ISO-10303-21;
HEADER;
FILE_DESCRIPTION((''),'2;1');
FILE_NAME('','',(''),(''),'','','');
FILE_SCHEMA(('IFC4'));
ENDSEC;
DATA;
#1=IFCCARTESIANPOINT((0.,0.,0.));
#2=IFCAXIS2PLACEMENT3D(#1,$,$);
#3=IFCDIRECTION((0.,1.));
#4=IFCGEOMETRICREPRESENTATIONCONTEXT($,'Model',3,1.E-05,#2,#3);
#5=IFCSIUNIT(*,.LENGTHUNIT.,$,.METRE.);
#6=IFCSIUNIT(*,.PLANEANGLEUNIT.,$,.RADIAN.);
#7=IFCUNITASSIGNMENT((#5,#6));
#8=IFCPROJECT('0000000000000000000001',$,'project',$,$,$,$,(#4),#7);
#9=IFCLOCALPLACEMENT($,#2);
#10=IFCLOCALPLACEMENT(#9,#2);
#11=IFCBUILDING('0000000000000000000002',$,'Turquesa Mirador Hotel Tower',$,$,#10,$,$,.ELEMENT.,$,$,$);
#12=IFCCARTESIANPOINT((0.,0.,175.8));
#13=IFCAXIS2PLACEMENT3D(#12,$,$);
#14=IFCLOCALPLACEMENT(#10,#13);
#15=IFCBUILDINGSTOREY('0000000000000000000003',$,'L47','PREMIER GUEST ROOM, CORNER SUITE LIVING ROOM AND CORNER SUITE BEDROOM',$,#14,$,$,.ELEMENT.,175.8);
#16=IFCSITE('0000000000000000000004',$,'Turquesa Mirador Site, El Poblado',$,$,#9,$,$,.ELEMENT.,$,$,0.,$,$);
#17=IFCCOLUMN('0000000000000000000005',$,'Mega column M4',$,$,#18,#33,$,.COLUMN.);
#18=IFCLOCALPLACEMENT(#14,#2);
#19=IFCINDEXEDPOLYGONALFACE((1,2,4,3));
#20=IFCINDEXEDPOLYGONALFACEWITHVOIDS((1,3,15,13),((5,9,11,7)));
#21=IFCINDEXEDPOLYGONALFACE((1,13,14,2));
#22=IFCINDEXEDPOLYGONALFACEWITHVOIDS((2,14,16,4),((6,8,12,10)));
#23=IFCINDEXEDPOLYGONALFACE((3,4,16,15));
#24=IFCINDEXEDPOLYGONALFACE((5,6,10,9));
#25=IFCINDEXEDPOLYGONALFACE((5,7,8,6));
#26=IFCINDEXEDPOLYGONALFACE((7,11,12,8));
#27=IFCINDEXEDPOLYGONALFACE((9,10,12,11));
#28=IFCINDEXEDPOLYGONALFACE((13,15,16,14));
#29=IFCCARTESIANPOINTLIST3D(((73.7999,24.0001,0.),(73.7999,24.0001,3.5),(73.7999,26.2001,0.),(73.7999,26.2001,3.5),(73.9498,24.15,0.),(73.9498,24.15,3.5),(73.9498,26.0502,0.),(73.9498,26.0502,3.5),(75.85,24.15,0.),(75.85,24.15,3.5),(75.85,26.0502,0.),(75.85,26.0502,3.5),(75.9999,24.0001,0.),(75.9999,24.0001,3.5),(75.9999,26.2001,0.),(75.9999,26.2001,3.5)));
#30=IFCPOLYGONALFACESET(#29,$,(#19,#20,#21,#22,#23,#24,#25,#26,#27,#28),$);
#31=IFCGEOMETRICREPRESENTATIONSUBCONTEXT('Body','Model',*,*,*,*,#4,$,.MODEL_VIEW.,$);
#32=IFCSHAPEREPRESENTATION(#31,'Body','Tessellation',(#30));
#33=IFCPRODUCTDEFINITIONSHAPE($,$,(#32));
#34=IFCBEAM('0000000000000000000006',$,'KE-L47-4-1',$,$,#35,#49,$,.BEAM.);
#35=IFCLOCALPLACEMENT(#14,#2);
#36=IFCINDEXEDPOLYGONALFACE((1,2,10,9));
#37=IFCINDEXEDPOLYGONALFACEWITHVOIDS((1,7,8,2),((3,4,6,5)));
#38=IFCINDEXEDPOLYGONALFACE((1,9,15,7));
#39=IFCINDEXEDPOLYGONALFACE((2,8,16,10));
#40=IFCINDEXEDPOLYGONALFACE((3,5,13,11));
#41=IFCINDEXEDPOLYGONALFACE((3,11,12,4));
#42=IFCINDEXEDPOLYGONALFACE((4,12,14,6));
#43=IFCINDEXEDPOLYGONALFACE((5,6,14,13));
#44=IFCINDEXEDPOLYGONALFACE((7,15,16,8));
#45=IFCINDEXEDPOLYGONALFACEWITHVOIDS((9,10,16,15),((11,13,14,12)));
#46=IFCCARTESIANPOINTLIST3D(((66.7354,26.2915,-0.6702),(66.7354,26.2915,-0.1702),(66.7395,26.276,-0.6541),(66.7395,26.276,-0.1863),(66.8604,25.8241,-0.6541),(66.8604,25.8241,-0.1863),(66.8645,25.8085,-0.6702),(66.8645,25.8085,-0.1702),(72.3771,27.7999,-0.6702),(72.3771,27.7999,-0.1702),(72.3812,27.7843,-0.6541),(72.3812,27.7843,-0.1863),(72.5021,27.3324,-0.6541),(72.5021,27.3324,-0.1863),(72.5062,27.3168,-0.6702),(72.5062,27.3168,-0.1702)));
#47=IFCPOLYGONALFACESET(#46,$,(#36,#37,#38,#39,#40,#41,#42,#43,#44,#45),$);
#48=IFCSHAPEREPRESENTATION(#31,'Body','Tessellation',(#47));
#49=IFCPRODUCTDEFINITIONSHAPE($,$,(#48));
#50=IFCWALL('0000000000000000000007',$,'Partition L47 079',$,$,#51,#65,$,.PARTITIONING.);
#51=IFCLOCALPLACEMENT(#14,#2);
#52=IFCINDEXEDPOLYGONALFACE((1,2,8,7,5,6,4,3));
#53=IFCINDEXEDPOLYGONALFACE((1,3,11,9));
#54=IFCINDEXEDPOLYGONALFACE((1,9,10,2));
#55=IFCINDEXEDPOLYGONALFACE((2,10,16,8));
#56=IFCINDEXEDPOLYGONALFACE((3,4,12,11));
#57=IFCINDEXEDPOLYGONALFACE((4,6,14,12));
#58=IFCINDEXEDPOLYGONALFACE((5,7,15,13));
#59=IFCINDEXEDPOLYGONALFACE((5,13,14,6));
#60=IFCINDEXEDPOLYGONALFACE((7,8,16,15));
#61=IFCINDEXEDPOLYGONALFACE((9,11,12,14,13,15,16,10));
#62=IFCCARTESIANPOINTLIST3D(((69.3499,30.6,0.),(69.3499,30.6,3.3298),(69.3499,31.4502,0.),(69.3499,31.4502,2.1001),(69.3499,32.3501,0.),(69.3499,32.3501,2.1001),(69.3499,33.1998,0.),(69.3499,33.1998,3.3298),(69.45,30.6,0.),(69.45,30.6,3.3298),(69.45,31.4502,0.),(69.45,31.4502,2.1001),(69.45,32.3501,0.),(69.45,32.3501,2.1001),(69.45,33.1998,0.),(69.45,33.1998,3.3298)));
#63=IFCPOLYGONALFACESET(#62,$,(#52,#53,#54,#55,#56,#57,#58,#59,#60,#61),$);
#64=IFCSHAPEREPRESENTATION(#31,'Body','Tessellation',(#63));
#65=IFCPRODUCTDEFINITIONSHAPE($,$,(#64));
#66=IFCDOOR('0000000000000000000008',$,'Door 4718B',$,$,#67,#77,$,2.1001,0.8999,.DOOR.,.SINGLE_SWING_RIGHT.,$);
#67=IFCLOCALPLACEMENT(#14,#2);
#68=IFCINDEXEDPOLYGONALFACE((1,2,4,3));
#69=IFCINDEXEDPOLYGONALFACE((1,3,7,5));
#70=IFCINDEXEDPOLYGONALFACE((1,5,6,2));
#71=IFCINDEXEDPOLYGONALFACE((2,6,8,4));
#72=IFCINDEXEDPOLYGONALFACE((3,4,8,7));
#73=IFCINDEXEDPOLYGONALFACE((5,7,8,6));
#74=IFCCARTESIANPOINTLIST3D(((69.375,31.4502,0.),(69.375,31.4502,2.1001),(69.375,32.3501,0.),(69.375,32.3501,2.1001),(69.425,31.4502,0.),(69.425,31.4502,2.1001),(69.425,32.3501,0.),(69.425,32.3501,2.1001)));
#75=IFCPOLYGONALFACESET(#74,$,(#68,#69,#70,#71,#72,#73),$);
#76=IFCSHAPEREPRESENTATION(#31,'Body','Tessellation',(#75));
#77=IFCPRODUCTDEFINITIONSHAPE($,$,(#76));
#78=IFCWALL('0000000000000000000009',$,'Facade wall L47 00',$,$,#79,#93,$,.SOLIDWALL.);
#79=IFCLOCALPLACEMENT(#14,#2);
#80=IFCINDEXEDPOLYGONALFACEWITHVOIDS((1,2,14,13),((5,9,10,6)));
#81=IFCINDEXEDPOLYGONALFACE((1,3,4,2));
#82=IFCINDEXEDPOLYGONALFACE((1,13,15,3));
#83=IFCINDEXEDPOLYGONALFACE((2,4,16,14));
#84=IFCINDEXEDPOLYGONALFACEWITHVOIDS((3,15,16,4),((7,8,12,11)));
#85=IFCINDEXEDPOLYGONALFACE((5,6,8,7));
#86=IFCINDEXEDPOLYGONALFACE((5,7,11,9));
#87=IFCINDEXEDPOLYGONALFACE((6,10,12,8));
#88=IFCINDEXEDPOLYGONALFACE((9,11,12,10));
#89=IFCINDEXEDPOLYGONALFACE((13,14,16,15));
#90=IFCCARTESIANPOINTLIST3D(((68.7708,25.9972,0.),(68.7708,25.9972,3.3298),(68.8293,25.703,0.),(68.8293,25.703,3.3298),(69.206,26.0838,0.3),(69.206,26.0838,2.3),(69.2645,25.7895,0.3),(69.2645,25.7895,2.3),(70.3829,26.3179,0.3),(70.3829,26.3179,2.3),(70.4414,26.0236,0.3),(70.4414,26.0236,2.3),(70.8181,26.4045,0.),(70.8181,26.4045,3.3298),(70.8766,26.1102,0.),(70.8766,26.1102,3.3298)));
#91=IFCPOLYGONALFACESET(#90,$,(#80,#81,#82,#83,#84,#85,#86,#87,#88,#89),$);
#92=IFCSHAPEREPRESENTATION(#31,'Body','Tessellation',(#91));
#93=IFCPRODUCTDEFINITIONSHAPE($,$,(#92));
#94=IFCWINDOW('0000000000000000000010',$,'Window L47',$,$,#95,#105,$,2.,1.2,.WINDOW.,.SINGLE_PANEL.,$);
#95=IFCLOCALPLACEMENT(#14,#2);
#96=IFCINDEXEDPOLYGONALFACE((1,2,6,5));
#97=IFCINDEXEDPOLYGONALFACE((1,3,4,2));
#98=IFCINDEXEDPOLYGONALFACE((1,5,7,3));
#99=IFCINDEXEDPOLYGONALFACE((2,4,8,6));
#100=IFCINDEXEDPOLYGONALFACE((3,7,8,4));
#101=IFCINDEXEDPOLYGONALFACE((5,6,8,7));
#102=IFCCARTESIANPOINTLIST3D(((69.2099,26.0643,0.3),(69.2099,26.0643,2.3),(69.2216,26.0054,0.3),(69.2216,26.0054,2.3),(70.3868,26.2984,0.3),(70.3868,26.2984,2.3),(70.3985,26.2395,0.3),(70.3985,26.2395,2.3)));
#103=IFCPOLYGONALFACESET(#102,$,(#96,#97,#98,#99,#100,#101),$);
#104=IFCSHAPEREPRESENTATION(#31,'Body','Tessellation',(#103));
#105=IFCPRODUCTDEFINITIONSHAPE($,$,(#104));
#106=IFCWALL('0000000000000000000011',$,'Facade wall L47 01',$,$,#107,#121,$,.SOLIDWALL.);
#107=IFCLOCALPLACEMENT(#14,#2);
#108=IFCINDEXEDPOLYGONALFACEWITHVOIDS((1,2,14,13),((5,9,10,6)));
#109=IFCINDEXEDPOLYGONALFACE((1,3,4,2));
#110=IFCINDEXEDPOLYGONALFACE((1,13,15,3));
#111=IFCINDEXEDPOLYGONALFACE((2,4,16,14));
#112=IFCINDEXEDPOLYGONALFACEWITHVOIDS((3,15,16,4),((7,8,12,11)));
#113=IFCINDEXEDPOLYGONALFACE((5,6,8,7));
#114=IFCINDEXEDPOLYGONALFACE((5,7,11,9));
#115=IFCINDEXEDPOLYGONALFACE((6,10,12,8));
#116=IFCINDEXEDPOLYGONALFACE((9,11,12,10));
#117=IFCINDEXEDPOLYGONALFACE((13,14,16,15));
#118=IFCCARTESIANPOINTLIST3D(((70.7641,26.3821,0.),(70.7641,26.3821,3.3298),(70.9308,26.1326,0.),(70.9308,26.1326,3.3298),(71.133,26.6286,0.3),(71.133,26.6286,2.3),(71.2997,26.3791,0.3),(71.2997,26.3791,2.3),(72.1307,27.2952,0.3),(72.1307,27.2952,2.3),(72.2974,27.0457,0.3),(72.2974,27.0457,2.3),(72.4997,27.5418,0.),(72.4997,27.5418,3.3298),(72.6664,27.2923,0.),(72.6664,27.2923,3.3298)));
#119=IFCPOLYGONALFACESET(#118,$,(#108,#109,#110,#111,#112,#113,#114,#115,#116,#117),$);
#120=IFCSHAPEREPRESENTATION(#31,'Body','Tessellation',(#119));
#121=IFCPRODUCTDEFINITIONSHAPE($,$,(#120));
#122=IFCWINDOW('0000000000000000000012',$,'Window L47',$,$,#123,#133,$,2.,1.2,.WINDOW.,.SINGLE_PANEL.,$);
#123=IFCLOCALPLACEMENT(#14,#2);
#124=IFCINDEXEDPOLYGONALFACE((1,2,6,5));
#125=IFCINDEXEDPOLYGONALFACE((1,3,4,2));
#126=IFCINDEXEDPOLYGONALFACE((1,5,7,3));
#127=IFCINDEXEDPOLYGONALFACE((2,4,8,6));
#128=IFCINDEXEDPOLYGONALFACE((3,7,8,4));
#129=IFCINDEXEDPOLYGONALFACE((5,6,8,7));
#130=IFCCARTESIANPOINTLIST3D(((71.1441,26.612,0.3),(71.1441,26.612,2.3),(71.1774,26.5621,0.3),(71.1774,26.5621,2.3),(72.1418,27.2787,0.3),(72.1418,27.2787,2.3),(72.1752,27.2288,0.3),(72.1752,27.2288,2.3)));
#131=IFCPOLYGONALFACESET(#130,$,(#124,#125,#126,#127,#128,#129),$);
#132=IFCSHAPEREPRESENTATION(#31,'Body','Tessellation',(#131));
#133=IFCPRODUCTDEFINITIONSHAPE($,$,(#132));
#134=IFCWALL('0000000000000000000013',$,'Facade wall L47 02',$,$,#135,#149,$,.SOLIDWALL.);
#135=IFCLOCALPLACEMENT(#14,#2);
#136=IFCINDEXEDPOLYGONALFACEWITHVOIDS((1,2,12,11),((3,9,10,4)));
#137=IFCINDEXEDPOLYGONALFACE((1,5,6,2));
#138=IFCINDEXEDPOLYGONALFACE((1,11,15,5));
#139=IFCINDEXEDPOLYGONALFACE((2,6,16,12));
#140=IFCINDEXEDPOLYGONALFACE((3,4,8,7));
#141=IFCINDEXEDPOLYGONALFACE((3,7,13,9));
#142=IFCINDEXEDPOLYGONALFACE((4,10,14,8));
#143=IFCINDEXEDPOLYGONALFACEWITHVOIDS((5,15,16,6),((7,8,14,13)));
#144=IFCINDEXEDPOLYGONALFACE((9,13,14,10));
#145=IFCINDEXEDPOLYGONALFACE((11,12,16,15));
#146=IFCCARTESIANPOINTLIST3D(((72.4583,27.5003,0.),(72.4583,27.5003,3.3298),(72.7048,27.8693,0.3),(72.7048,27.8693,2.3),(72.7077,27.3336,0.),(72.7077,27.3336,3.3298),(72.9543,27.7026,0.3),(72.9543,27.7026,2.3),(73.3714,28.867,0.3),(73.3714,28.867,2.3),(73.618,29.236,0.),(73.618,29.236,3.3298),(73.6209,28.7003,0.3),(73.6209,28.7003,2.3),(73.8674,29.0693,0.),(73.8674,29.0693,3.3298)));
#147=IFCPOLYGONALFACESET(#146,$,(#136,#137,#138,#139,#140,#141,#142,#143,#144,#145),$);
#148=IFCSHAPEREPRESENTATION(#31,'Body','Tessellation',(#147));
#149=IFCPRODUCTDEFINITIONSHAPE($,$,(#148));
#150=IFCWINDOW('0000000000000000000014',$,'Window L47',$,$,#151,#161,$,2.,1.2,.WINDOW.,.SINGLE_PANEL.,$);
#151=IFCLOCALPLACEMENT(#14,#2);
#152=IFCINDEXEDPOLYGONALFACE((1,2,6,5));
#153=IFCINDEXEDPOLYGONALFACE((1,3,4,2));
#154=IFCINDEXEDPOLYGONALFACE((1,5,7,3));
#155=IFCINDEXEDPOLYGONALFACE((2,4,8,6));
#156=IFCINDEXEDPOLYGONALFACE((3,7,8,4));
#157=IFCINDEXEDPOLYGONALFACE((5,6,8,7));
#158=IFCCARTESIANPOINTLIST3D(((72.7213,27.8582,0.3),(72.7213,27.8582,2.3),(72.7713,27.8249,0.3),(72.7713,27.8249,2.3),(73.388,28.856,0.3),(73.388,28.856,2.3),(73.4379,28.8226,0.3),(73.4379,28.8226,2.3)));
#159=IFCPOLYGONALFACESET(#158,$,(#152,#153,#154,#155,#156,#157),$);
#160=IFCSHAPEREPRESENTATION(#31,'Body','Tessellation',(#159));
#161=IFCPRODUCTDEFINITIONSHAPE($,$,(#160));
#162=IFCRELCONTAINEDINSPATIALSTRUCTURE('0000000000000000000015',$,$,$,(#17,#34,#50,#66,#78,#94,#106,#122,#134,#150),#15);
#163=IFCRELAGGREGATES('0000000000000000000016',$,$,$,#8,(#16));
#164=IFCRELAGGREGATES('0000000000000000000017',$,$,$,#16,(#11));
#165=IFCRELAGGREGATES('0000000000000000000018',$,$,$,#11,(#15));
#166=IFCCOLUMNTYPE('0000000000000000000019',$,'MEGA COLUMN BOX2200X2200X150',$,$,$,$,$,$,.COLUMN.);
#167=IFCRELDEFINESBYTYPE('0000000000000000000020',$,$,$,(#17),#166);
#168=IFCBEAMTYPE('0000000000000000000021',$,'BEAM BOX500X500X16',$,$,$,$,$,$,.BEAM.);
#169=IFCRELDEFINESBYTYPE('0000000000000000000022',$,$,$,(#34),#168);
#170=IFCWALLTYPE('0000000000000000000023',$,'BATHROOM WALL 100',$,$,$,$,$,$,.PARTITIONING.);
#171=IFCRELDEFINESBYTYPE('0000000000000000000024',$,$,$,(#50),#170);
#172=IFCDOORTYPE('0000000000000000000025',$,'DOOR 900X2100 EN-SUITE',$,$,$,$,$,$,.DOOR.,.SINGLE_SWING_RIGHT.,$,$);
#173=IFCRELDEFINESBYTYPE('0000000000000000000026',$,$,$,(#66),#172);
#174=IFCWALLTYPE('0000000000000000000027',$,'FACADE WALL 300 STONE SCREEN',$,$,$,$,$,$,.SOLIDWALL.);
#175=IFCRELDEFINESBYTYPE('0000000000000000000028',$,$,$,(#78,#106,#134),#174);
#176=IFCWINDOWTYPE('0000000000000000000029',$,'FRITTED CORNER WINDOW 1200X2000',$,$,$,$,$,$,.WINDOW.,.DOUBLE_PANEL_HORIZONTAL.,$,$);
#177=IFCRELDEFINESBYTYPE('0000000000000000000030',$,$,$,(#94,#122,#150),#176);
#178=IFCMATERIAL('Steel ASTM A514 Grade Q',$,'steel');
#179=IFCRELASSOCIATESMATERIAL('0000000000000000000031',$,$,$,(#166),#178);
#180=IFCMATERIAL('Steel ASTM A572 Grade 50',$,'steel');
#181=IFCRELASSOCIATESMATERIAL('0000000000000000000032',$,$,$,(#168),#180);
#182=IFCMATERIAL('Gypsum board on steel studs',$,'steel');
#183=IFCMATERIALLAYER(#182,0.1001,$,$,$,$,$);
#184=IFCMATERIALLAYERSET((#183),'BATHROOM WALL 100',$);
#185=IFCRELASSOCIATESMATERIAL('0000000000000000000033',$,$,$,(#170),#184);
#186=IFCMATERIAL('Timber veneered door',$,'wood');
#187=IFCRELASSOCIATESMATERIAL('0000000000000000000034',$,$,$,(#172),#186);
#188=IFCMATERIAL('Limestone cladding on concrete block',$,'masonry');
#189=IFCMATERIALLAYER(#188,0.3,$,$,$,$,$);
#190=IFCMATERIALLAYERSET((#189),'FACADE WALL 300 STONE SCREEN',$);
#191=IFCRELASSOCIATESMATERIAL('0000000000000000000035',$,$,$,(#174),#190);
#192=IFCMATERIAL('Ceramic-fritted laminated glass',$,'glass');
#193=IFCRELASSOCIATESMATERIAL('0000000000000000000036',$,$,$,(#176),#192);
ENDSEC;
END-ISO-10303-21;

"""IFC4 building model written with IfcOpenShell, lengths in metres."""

from ifc_helpers import new_model, si_unit, direction, frame, frame_2d, origin, origin_2d, place, context, subcontext, project, spatial, rectangle, hollow_rectangle, extrude, material, layer, layer_set, material_profile, profile_set, type_object, element, fill, save


model = new_model("IFC4")

# Units and contexts
model_context = context("Model", 3, precision=1e-05, world=origin(), true_north=direction((0.0, 1.0)))
body_context = subcontext(model_context, "Body", "Model", "MODEL_VIEW")
ifc_project = project(units=[si_unit("LENGTHUNIT", "METRE"), si_unit("PLANEANGLEUNIT", "RADIAN")], contexts=[model_context])

# Site, building, storey
site_placement = place(None, origin())
site = spatial("IfcSite", under=ifc_project, at=site_placement, Name="Turquesa Mirador Site, El Poblado", CompositionType="ELEMENT", RefElevation=0.0)
building_placement = place(site_placement, origin())
building = spatial("IfcBuilding", under=site, at=building_placement, Name="Turquesa Mirador Hotel Tower", CompositionType="ELEMENT")
storey_placement = place(building_placement, frame((0.0, 0.0, 175.8)))
storey = spatial("IfcBuildingStorey", under=building, at=storey_placement, Name="L47", Description="PREMIER GUEST ROOM, CORNER SUITE LIVING ROOM AND CORNER SUITE BEDROOM", CompositionType="ELEMENT", Elevation=175.8)

# Column
ifc_material_1 = material(Name="Steel ASTM A514 Grade Q", Category="steel")
ifc_material_profile_1 = material_profile(ifc_material_1, hollow_rectangle(XDim=2.2, YDim=2.2, WallThickness=0.1499, at=origin_2d()), Name="BOX2200X2200X150")
ifc_profile_set_1 = profile_set([ifc_material_profile_1], Name="Steel ASTM A514 Grade Q")
column_type = type_object("IfcColumnType", Name="MEGA COLUMN BOX2200X2200X150", PredefinedType="COLUMN", material=ifc_profile_set_1)
column_placement = place(storey_placement, frame((74.8999, 25.1001, 0.0), z_axis=(0.0, 0.0, 1.0), x_axis=(1.0, 0.0, 0.0)))
element("IfcColumn", 1, at=column_placement, inside=storey, type_object=column_type, Name="Mega column M4", PredefinedType="COLUMN", context=body_context, shape_type="SweptSolid", body=[
    extrude(hollow_rectangle(XDim=2.2, YDim=2.2, WallThickness=0.1499, at=origin_2d()), origin(), (0.0, 0.0, 1.0), 3.5),
])

# Beam
ifc_material_2 = material(Name="Steel ASTM A572 Grade 50", Category="steel")
ifc_material_profile_2 = material_profile(ifc_material_2, hollow_rectangle(XDim=0.5, YDim=0.5, WallThickness=0.0161, at=origin_2d()), Name="BOX500X500X16")
ifc_profile_set_2 = profile_set([ifc_material_profile_2], Name="Steel ASTM A572 Grade 50")
beam_type = type_object("IfcBeamType", Name="BEAM BOX500X500X16", PredefinedType="BEAM", material=ifc_profile_set_2)
beam_placement = place(storey_placement, frame((72.4417, 27.5583, -0.4202), z_axis=(-0.96607, -0.258282, 0.0), x_axis=(0.258282, -0.96607, 0.0)))
element("IfcBeam", 2, at=beam_placement, inside=storey, type_object=beam_type, Name="KE-L47-4-1", PredefinedType="BEAM", context=body_context, shape_type="SweptSolid", body=[
    extrude(hollow_rectangle(XDim=0.5, YDim=0.5, WallThickness=0.0161, at=origin_2d()), origin(), (0.0, 0.0, 1.0), 5.8398),
])

# Wall, opening, door
ifc_material_3 = material(Name="Gypsum board on steel studs", Category="steel")
ifc_layer_1 = layer(ifc_material_3, 0.1001)
ifc_layer_set_1 = layer_set([ifc_layer_1], Name="BATHROOM WALL 100")
wall_type_1 = type_object("IfcWallType", Name="BATHROOM WALL 100", PredefinedType="PARTITIONING", material=ifc_layer_set_1)
wall_1_placement = place(storey_placement, frame((69.3999, 30.6001, 0.0), z_axis=(0.0, 0.0, 1.0), x_axis=(0.0, 1.0, 0.0)))
wall_1 = element("IfcWall", 3, at=wall_1_placement, inside=storey, type_object=wall_type_1, Name="Partition L47 079", PredefinedType="PARTITIONING", context=body_context, shape_type="SweptSolid", body=[
    extrude(rectangle(XDim=2.5999, YDim=0.1001, at=frame_2d((1.2998, 0.0))), origin(), (0.0, 0.0, 1.0), 3.3298),
])
opening_1_placement = place(wall_1_placement, frame((0.8501, 0.0, 0.0)))
opening_1 = element("IfcOpeningElement", 4, at=opening_1_placement, cuts=wall_1, PredefinedType="OPENING", context=body_context, shape_type="SweptSolid", body=[
    extrude(rectangle(XDim=0.8999, YDim=2.1001, at=frame_2d((0.45, 1.05))), frame((0.0, 0.0601, 0.0), z_axis=(0.0, -1.0, 0.0), x_axis=(1.0, 0.0, 0.0)), (0.0, 0.0, 1.0), 0.1201),
])
ifc_material_4 = material(Name="Timber veneered door", Category="wood")
door_type = type_object("IfcDoorType", Name="DOOR 900X2100 EN-SUITE", OperationType="SINGLE_SWING_RIGHT", PredefinedType="DOOR", material=ifc_material_4)
door_placement = place(opening_1_placement, origin())
door = element("IfcDoor", 5, at=door_placement, inside=storey, type_object=door_type, Name="Door 4718B", OperationType="SINGLE_SWING_RIGHT", OverallHeight=2.1001, OverallWidth=0.8999, PredefinedType="DOOR", context=body_context, shape_type="SweptSolid", body=[
    extrude(rectangle(XDim=0.8999, YDim=2.1001, at=frame_2d((0.45, 1.05))), frame((0.0, 0.0249, 0.0), z_axis=(0.0, -1.0, 0.0), x_axis=(1.0, 0.0, 0.0)), (0.0, 0.0, 1.0), 0.05),
])
fill(opening_1, door)

# Walls, openings, windows
ifc_material_5 = material(Name="Limestone cladding on concrete block", Category="masonry")
ifc_layer_2 = layer(ifc_material_5, 0.3)
ifc_layer_set_2 = layer_set([ifc_layer_2], Name="FACADE WALL 300 STONE SCREEN")
wall_type_2 = type_object("IfcWallType", Name="FACADE WALL 300 STONE SCREEN", PredefinedType="SOLIDWALL", material=ifc_layer_set_2)
wall_2_placement = place(storey_placement, frame((68.8, 25.8501, 0.0), z_axis=(0.0, 0.0, 1.0), x_axis=(0.980787, 0.195081, 0.0)))
wall_2 = element("IfcWall", 6, at=wall_2_placement, inside=storey, type_object=wall_type_2, Name="Facade wall L47 00", PredefinedType="SOLIDWALL", context=body_context, shape_type="SweptSolid", body=[
    extrude(rectangle(XDim=2.0874, YDim=0.3, at=frame_2d((1.0437, 0.0))), origin(), (0.0, 0.0, 1.0), 3.3298),
])
opening_2_placement = place(wall_2_placement, frame((0.4436, 0.0, 0.3)))
opening_2 = element("IfcOpeningElement", 7, at=opening_2_placement, cuts=wall_2, PredefinedType="OPENING", context=body_context, shape_type="SweptSolid", body=[
    extrude(rectangle(XDim=1.2, YDim=2.0, at=frame_2d((0.6001, 1.0))), frame((0.0, 0.1599, 0.0), z_axis=(0.0, -1.0, 0.0), x_axis=(1.0, 0.0, 0.0)), (0.0, 0.0, 1.0), 0.3201),
])
ifc_material_6 = material(Name="Ceramic-fritted laminated glass", Category="glass")
window_type_1 = type_object("IfcWindowType", Name="FRITTED CORNER WINDOW 1200X2000", PartitioningType="DOUBLE_PANEL_HORIZONTAL", PredefinedType="WINDOW", material=ifc_material_6)
window_1_placement = place(opening_2_placement, origin())
window_1 = element("IfcWindow", 8, at=window_1_placement, inside=storey, type_object=window_type_1, Name="Window L47", OverallHeight=2.0, OverallWidth=1.2, PartitioningType="SINGLE_PANEL", PredefinedType="WINDOW", context=body_context, shape_type="SweptSolid", body=[
    extrude(rectangle(XDim=1.2, YDim=2.0, at=frame_2d((0.6001, 1.0))), frame((0.0, 0.1301, 0.0), z_axis=(0.0, -1.0, 0.0), x_axis=(1.0, 0.0, 0.0)), (0.0, 0.0, 1.0), 0.0601),
])
fill(opening_2, window_1)
wall_3_placement = place(storey_placement, frame((70.8474, 26.2573, 0.0), z_axis=(0.0, 0.0, 1.0), x_axis=(0.831474, 0.555564, 0.0)))
wall_3 = element("IfcWall", 9, at=wall_3_placement, inside=storey, type_object=wall_type_2, Name="Facade wall L47 01", PredefinedType="SOLIDWALL", context=body_context, shape_type="SweptSolid", body=[
    extrude(rectangle(XDim=2.0874, YDim=0.3, at=frame_2d((1.0437, 0.0))), origin(), (0.0, 0.0, 1.0), 3.3298),
])
opening_3_placement = place(wall_3_placement, frame((0.4436, 0.0, 0.3)))
opening_3 = element("IfcOpeningElement", 10, at=opening_3_placement, cuts=wall_3, PredefinedType="OPENING", context=body_context, shape_type="SweptSolid", body=[
    extrude(rectangle(XDim=1.2, YDim=2.0, at=frame_2d((0.6001, 1.0))), frame((0.0, 0.1599, 0.0), z_axis=(0.0, -1.0, 0.0), x_axis=(1.0, 0.0, 0.0)), (0.0, 0.0, 1.0), 0.3201),
])
window_2_placement = place(opening_3_placement, origin())
window_2 = element("IfcWindow", 11, at=window_2_placement, inside=storey, type_object=window_type_1, Name="Window L47", OverallHeight=2.0, OverallWidth=1.2, PartitioningType="SINGLE_PANEL", PredefinedType="WINDOW", context=body_context, shape_type="SweptSolid", body=[
    extrude(rectangle(XDim=1.2, YDim=2.0, at=frame_2d((0.6001, 1.0))), frame((0.0, 0.1301, 0.0), z_axis=(0.0, -1.0, 0.0), x_axis=(1.0, 0.0, 0.0)), (0.0, 0.0, 1.0), 0.0601),
])
fill(opening_3, window_2)
wall_4_placement = place(storey_placement, frame((72.583, 27.417, 0.0), z_axis=(0.0, 0.0, 1.0), x_axis=(0.555564, 0.831474, 0.0)))
wall_4 = element("IfcWall", 12, at=wall_4_placement, inside=storey, type_object=wall_type_2, Name="Facade wall L47 02", PredefinedType="SOLIDWALL", context=body_context, shape_type="SweptSolid", body=[
    extrude(rectangle(XDim=2.0874, YDim=0.3, at=frame_2d((1.0437, 0.0))), origin(), (0.0, 0.0, 1.0), 3.3298),
])
opening_4_placement = place(wall_4_placement, frame((0.4436, 0.0, 0.3)))
opening_4 = element("IfcOpeningElement", 13, at=opening_4_placement, cuts=wall_4, PredefinedType="OPENING", context=body_context, shape_type="SweptSolid", body=[
    extrude(rectangle(XDim=1.2, YDim=2.0, at=frame_2d((0.6001, 1.0))), frame((0.0, 0.1599, 0.0), z_axis=(0.0, -1.0, 0.0), x_axis=(1.0, 0.0, 0.0)), (0.0, 0.0, 1.0), 0.3201),
])
window_3_placement = place(opening_4_placement, origin())
window_3 = element("IfcWindow", 14, at=window_3_placement, inside=storey, type_object=window_type_1, Name="Window L47", OverallHeight=2.0, OverallWidth=1.2, PartitioningType="SINGLE_PANEL", PredefinedType="WINDOW", context=body_context, shape_type="SweptSolid", body=[
    extrude(rectangle(XDim=1.2, YDim=2.0, at=frame_2d((0.6001, 1.0))), frame((0.0, 0.1301, 0.0), z_axis=(0.0, -1.0, 0.0), x_axis=(1.0, 0.0, 0.0)), (0.0, 0.0, 1.0), 0.0601),
])
fill(opening_4, window_3)

save(model, "model.ifc")
